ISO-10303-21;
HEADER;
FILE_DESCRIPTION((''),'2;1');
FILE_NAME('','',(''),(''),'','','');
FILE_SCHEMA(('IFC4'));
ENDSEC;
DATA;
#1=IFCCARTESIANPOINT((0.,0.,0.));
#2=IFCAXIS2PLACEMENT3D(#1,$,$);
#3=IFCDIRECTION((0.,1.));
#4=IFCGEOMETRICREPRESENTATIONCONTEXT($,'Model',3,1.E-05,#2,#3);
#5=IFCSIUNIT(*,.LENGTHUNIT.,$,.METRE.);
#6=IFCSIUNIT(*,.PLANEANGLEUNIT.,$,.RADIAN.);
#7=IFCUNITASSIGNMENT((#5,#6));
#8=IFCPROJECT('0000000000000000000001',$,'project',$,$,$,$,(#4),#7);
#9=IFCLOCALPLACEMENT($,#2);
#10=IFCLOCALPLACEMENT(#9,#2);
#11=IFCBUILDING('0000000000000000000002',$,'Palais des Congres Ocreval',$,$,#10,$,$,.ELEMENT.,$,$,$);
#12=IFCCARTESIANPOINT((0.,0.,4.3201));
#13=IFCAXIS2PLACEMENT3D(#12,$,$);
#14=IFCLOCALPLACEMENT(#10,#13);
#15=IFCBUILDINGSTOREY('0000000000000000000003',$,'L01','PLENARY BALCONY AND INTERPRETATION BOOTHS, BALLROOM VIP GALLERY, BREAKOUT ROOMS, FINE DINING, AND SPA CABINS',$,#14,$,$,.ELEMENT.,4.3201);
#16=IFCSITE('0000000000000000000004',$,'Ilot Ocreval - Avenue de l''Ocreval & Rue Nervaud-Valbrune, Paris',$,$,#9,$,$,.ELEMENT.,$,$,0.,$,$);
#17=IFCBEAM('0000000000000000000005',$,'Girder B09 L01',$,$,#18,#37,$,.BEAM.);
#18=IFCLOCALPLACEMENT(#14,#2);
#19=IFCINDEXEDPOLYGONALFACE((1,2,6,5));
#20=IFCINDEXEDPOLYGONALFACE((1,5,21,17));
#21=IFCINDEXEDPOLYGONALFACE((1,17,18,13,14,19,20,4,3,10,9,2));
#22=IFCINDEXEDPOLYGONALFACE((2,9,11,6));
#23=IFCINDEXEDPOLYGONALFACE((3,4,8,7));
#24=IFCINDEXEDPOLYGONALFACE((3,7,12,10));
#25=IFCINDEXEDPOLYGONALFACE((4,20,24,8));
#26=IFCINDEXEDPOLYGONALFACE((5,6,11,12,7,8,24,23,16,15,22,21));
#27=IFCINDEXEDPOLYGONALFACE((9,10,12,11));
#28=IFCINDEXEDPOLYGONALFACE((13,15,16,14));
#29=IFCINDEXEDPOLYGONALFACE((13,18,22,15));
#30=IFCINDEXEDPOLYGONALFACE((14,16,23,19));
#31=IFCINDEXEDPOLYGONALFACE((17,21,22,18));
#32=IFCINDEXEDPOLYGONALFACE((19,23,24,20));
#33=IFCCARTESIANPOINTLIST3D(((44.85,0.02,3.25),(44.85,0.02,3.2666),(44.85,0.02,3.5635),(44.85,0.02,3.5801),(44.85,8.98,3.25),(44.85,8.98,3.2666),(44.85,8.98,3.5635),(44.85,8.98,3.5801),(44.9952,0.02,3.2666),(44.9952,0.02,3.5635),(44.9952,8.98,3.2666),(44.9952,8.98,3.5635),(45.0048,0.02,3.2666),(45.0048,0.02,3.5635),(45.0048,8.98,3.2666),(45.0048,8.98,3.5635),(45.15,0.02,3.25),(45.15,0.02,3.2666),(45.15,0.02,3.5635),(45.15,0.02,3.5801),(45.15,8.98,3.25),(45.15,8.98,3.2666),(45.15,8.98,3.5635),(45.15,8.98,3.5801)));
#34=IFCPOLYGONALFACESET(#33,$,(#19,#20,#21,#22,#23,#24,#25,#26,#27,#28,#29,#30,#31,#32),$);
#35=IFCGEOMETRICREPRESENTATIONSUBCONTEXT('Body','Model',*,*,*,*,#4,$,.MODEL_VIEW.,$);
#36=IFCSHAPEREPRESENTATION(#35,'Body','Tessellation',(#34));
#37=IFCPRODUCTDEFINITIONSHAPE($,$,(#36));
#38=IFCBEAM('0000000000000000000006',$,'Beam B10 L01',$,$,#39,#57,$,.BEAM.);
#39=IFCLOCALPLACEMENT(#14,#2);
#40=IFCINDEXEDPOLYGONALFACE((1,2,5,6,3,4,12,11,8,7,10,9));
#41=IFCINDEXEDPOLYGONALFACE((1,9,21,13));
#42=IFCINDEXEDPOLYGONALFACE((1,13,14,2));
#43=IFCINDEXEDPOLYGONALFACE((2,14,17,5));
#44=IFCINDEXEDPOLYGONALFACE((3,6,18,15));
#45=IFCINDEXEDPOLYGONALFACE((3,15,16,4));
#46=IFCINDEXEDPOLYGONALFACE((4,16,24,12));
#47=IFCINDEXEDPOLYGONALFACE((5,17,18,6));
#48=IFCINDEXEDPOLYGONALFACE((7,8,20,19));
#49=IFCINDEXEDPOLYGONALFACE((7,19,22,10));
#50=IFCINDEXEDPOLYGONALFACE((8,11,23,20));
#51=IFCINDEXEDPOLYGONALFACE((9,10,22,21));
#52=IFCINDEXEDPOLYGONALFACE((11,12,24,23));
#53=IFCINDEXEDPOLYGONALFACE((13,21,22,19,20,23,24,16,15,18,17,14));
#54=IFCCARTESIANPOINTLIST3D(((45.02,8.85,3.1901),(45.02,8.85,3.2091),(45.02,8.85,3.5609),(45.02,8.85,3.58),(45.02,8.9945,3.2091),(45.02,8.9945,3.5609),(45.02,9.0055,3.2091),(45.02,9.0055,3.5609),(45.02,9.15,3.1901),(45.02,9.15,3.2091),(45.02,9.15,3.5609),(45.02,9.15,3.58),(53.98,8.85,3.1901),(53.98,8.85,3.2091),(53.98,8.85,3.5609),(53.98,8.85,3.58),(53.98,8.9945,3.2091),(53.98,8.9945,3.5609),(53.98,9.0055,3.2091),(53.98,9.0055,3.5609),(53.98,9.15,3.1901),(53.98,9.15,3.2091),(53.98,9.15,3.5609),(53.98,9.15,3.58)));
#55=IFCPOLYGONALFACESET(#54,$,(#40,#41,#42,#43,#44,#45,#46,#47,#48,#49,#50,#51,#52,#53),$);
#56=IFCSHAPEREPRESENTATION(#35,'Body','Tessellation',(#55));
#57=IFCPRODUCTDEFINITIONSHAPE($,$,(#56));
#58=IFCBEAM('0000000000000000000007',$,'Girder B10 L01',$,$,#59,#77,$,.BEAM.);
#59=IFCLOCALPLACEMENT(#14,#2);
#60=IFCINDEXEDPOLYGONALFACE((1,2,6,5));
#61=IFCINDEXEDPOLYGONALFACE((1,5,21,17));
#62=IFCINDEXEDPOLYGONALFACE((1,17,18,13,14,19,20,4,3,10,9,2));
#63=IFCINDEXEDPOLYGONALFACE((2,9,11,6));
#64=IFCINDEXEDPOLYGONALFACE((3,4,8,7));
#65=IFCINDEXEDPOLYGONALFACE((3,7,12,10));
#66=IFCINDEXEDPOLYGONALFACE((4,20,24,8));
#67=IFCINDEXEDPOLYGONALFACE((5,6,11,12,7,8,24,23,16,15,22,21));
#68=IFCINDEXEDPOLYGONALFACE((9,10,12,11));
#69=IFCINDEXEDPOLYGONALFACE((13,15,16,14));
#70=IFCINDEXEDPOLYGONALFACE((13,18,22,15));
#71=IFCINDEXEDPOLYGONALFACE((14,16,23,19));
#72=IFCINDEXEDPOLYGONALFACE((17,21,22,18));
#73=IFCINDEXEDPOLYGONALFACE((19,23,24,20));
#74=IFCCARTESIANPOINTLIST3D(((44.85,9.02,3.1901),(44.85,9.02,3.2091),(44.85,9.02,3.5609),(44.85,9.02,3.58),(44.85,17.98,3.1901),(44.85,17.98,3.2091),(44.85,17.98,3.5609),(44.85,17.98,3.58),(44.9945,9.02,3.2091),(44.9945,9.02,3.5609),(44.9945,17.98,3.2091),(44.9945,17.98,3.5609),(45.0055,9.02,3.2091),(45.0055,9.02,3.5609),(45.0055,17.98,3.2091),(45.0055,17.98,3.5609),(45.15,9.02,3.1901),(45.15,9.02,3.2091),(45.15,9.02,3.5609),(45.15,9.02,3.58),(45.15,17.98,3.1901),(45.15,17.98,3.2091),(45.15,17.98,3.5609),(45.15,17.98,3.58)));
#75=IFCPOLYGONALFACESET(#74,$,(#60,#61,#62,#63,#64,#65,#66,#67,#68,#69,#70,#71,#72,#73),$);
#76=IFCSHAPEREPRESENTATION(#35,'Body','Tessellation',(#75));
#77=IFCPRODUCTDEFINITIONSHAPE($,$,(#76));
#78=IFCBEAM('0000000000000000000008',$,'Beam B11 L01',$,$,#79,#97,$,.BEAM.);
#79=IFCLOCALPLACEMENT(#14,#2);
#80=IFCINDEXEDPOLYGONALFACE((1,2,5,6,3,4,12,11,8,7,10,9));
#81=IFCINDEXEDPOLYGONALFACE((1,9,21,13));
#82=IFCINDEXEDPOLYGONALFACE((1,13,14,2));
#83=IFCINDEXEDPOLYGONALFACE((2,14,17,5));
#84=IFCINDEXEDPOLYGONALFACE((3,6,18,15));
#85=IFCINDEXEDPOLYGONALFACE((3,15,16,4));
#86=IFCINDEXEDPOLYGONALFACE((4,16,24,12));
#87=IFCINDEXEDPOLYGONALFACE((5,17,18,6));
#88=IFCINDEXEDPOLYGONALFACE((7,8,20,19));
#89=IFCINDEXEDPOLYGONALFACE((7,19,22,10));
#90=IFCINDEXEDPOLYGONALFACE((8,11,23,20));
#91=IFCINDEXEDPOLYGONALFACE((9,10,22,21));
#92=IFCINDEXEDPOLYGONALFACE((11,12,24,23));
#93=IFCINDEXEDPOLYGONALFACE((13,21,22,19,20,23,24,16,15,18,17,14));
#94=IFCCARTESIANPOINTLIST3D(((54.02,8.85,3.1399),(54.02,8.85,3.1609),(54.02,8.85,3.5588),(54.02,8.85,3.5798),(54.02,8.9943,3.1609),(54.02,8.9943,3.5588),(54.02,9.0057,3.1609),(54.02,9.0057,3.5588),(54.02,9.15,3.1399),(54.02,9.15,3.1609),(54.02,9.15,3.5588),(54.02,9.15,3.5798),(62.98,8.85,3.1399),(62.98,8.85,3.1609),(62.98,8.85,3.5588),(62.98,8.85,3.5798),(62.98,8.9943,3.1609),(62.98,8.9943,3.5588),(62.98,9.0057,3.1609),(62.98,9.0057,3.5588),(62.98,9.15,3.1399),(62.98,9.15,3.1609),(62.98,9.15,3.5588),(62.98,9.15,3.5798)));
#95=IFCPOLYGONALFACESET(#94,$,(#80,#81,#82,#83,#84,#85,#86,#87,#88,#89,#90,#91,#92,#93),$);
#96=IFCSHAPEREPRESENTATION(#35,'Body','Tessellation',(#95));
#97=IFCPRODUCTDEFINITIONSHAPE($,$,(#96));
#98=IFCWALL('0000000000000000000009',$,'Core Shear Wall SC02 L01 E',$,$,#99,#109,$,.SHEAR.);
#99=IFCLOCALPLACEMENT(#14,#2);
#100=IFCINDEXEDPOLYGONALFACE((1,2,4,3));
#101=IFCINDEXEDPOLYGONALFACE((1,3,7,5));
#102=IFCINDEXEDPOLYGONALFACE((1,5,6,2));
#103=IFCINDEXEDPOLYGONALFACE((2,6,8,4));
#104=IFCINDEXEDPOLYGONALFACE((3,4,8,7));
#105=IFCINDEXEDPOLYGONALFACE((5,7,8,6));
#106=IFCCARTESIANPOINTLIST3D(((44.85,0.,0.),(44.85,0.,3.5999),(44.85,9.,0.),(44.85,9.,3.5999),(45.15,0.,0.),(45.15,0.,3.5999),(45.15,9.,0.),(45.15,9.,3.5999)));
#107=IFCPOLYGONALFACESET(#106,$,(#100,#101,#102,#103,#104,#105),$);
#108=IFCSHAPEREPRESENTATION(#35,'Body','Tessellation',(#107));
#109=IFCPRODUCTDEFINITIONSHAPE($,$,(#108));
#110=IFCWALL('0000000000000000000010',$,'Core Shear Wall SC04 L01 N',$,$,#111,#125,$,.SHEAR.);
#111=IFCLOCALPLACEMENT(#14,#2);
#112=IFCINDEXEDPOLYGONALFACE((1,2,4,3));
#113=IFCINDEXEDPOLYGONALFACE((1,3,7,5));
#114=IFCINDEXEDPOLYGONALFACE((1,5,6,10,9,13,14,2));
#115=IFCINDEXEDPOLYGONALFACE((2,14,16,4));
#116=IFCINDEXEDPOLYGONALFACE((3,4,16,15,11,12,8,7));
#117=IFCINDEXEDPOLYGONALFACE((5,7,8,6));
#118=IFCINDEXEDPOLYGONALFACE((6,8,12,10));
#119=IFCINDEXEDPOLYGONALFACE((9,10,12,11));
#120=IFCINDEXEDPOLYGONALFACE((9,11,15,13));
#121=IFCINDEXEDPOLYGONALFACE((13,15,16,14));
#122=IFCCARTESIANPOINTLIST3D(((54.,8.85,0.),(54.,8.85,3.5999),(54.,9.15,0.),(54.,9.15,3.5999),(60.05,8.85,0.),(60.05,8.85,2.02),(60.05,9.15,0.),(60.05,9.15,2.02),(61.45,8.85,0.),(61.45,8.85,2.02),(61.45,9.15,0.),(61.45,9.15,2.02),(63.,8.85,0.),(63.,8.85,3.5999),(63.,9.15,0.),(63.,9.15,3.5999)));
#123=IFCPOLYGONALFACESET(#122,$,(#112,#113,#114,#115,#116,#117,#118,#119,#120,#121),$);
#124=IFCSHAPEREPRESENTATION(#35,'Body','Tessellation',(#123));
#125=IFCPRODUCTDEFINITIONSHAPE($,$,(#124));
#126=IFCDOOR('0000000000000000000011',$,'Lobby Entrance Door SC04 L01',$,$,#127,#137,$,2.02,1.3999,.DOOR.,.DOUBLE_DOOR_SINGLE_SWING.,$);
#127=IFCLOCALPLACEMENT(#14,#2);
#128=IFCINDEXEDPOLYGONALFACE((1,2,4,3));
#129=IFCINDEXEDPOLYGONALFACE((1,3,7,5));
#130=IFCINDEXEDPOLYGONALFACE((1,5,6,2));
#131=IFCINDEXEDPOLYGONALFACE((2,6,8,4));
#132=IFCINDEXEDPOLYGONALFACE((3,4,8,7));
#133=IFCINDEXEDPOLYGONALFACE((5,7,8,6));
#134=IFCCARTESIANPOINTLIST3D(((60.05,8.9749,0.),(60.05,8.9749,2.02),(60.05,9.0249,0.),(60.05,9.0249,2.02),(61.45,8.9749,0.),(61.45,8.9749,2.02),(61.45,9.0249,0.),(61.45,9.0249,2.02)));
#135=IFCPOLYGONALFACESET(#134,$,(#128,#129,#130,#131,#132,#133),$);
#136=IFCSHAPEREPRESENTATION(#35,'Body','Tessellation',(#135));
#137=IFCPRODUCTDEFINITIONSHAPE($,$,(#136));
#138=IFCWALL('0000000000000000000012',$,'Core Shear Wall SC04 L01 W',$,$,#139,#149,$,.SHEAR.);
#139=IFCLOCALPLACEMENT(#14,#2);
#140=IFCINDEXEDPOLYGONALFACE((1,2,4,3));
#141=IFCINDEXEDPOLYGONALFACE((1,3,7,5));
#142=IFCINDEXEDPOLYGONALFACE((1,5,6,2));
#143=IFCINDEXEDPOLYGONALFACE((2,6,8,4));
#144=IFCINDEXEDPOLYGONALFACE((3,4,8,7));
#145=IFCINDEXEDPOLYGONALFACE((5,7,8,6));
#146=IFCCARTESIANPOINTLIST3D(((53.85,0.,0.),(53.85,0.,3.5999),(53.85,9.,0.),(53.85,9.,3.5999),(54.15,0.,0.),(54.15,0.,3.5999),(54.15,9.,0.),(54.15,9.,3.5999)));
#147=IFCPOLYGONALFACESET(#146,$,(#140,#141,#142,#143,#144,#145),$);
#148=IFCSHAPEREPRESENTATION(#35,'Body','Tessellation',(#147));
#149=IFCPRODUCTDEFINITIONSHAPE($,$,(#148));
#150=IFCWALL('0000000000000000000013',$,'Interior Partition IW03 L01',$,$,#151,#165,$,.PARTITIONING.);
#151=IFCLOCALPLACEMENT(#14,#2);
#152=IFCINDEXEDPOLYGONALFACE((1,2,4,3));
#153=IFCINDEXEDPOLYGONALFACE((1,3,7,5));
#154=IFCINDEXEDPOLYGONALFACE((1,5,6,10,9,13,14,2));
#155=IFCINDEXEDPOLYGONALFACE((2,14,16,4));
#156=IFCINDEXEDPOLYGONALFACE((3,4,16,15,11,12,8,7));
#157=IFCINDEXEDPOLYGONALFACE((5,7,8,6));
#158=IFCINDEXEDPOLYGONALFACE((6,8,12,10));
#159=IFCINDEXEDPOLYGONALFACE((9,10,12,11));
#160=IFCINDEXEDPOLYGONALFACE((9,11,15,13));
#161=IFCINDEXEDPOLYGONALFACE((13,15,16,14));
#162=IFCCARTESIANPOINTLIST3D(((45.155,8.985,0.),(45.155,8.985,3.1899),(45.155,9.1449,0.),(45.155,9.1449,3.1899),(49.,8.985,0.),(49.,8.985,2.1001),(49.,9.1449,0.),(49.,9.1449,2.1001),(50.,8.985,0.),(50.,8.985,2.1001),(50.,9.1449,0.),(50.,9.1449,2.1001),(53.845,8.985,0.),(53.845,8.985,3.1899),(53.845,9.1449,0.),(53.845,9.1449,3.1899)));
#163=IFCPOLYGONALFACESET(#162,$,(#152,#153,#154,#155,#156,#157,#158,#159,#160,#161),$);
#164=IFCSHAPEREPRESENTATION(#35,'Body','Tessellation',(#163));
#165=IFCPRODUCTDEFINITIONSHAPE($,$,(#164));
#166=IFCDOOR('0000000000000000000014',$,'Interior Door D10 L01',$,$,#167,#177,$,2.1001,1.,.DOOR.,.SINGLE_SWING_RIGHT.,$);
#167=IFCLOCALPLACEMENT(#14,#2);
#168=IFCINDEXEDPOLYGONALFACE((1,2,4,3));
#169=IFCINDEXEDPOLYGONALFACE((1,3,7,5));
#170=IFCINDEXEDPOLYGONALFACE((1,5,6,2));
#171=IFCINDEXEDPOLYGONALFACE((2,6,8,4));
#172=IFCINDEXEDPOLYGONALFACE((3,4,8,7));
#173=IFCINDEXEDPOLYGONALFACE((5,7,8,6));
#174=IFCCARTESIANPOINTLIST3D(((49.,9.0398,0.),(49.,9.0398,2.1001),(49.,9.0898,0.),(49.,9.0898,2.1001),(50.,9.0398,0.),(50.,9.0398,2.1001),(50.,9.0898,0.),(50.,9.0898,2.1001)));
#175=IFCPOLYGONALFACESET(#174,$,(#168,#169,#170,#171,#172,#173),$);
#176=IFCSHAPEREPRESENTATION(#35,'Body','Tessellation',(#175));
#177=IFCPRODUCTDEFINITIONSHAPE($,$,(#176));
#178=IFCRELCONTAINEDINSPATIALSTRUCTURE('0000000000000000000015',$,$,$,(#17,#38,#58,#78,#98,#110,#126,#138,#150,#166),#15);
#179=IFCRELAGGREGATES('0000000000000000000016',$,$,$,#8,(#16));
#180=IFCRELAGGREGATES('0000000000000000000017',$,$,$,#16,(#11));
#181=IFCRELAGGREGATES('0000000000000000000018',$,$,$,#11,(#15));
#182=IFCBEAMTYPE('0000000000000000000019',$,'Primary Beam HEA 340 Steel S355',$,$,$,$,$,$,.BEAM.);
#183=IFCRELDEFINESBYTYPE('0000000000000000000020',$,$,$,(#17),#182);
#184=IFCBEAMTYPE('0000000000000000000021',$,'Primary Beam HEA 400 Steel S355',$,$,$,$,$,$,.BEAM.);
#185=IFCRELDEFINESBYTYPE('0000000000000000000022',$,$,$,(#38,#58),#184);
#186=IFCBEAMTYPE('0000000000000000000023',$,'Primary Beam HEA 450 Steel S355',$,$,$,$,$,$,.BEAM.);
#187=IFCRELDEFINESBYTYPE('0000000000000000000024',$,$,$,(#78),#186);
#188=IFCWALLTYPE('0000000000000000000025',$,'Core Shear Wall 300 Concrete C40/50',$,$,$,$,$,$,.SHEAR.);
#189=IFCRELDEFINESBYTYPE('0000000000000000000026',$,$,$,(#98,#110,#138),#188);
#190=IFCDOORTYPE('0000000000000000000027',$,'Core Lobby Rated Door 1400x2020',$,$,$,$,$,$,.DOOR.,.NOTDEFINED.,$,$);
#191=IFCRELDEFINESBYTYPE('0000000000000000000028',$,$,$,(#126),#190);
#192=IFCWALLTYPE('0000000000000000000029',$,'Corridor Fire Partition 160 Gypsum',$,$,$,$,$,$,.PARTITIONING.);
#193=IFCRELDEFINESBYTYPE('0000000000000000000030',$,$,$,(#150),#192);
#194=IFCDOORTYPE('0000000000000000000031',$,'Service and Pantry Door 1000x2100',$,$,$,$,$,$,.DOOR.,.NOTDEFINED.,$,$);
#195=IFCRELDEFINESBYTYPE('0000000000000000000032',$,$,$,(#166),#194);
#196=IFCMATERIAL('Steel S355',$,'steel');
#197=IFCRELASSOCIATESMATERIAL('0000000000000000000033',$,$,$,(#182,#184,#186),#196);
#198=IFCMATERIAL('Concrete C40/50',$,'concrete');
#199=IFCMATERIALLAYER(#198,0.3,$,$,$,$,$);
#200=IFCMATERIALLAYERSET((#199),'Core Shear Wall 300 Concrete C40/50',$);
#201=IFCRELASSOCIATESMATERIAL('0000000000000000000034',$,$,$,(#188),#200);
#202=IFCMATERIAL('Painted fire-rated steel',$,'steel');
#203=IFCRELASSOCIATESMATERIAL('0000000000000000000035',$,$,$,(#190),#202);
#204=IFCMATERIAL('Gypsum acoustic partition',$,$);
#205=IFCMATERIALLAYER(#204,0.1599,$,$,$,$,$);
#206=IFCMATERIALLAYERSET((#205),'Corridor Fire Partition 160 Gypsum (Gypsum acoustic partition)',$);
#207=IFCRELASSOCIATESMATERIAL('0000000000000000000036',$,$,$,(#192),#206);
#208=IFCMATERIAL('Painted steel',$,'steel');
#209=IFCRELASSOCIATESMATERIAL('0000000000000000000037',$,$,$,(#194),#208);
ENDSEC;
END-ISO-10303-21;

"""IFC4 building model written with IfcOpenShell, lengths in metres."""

from ifc_helpers import new_model, si_unit, direction, frame, frame_2d, origin, origin_2d, place, context, subcontext, project, spatial, rectangle, i_section, extrude, material, layer, layer_set, material_profile, profile_set, type_object, element, fill, save


model = new_model("IFC4")

# Units and contexts
model_context = context("Model", 3, precision=1e-05, world=origin(), true_north=direction((0.0, 1.0)))
body_context = subcontext(model_context, "Body", "Model", "MODEL_VIEW")
ifc_project = project(units=[si_unit("LENGTHUNIT", "METRE"), si_unit("PLANEANGLEUNIT", "RADIAN")], contexts=[model_context])

# Site, building, storey
site_placement = place(None, origin())
site = spatial("IfcSite", under=ifc_project, at=site_placement, Name="Ilot Ocreval - Avenue de l'Ocreval & Rue Nervaud-Valbrune, Paris", CompositionType="ELEMENT", RefElevation=0.0)
building_placement = place(site_placement, origin())
building = spatial("IfcBuilding", under=site, at=building_placement, Name="Palais des Congres Ocreval", CompositionType="ELEMENT")
storey_placement = place(building_placement, frame((0.0, 0.0, 4.3201)))
storey = spatial("IfcBuildingStorey", under=building, at=storey_placement, Name="L01", Description="PLENARY BALCONY AND INTERPRETATION BOOTHS, BALLROOM VIP GALLERY, BREAKOUT ROOMS, FINE DINING, AND SPA CABINS", CompositionType="ELEMENT", Elevation=4.3201)

# Shared definitions
ifc_material_1 = material(Name="Concrete C40/50", Category="concrete")

# Beams
ifc_material_2 = material(Name="Steel S355", Category="steel")
ifc_material_profile_1 = material_profile(ifc_material_2, i_section(OverallWidth=0.3, OverallDepth=0.3301, WebThickness=0.0095, FlangeThickness=0.0166, at=origin_2d()), Name="HEA 340")
ifc_profile_set_1 = profile_set([ifc_material_profile_1], Name="Steel S355")
beam_type_1 = type_object("IfcBeamType", Name="Primary Beam HEA 340 Steel S355", PredefinedType="BEAM", material=ifc_profile_set_1)
beam_1_placement = place(storey_placement, frame((45.0, 0.02, 3.415), z_axis=(0.0, 1.0, 0.0), x_axis=(-1.0, 0.0, 0.0)))
element("IfcBeam", 1, at=beam_1_placement, inside=storey, type_object=beam_type_1, Name="Girder B09 L01", PredefinedType="BEAM", context=body_context, shape_type="SweptSolid", body=[
    extrude(i_section(OverallWidth=0.3, OverallDepth=0.3301, WebThickness=0.0095, FlangeThickness=0.0166, at=origin_2d()), origin(), (0.0, 0.0, 1.0), 8.96),
])
ifc_material_profile_2 = material_profile(ifc_material_2, i_section(OverallWidth=0.3, OverallDepth=0.3899, WebThickness=0.011, FlangeThickness=0.019, at=origin_2d()), Name="HEA 400")
ifc_profile_set_2 = profile_set([ifc_material_profile_2], Name="Steel S355")
beam_type_2 = type_object("IfcBeamType", Name="Primary Beam HEA 400 Steel S355", PredefinedType="BEAM", material=ifc_profile_set_2)
for number, where, z_axis, x_axis, name in (
    (2, (45.02, 9.0, 3.385), (1.0, 0.0, 0.0), (0.0, 1.0, 0.0), "Beam B10 L01"),
    (3, (45.0, 9.02, 3.385), (0.0, 1.0, 0.0), (-1.0, 0.0, 0.0), "Girder B10 L01"),
):
    element("IfcBeam", number, at=place(storey_placement, frame(where, z_axis=z_axis, x_axis=x_axis)), inside=storey, type_object=beam_type_2, Name=name, PredefinedType="BEAM", context=body_context, shape_type="SweptSolid", body=[
        extrude(i_section(OverallWidth=0.3, OverallDepth=0.3899, WebThickness=0.011, FlangeThickness=0.019, at=origin_2d()), origin(), (0.0, 0.0, 1.0), 8.96),
    ])
ifc_material_profile_3 = material_profile(ifc_material_2, i_section(OverallWidth=0.3, OverallDepth=0.4399, WebThickness=0.0115, FlangeThickness=0.021, at=origin_2d()), Name="HEA 450")
ifc_profile_set_3 = profile_set([ifc_material_profile_3], Name="Steel S355")
beam_type_3 = type_object("IfcBeamType", Name="Primary Beam HEA 450 Steel S355", PredefinedType="BEAM", material=ifc_profile_set_3)
beam_2_placement = place(storey_placement, frame((54.02, 9.0, 3.3599), z_axis=(1.0, 0.0, 0.0), x_axis=(0.0, 1.0, 0.0)))
element("IfcBeam", 4, at=beam_2_placement, inside=storey, type_object=beam_type_3, Name="Beam B11 L01", PredefinedType="BEAM", context=body_context, shape_type="SweptSolid", body=[
    extrude(i_section(OverallWidth=0.3, OverallDepth=0.4399, WebThickness=0.0115, FlangeThickness=0.021, at=origin_2d()), origin(), (0.0, 0.0, 1.0), 8.96),
])

# Wall
ifc_layer_1 = layer(ifc_material_1, 0.3)
ifc_layer_set_1 = layer_set([ifc_layer_1], Name="Core Shear Wall 300 Concrete C40/50")
wall_type_1 = type_object("IfcWallType", Name="Core Shear Wall 300 Concrete C40/50", PredefinedType="SHEAR", material=ifc_layer_set_1)
wall_1_placement = place(storey_placement, frame((45.0, 0.0, 0.0), z_axis=(0.0, 0.0, 1.0), x_axis=(0.0, 1.0, 0.0)))
element("IfcWall", 5, at=wall_1_placement, inside=storey, type_object=wall_type_1, Name="Core Shear Wall SC02 L01 E", PredefinedType="SHEAR", context=body_context, shape_type="SweptSolid", body=[
    extrude(rectangle(XDim=9.0, YDim=0.3, at=frame_2d((4.5, 0.0))), origin(), (0.0, 0.0, 1.0), 3.5999),
])

# Wall, opening, door
wall_2_placement = place(storey_placement, frame((54.0, 9.0, 0.0), z_axis=(0.0, 0.0, 1.0), x_axis=(1.0, 0.0, 0.0)))
wall_2 = element("IfcWall", 6, at=wall_2_placement, inside=storey, type_object=wall_type_1, Name="Core Shear Wall SC04 L01 N", PredefinedType="SHEAR", context=body_context, shape_type="SweptSolid", body=[
    extrude(rectangle(XDim=9.0, YDim=0.3, at=frame_2d((4.5, 0.0))), origin(), (0.0, 0.0, 1.0), 3.5999),
])
opening_1_placement = place(wall_2_placement, frame((6.05, 0.0, 0.0)))
opening_1 = element("IfcOpeningElement", 7, at=opening_1_placement, cuts=wall_2, PredefinedType="OPENING", context=body_context, shape_type="SweptSolid", body=[
    extrude(rectangle(XDim=1.3999, YDim=2.02, at=frame_2d((0.7, 1.01))), frame((0.0, 0.1599, 0.0), z_axis=(0.0, -1.0, 0.0), x_axis=(1.0, 0.0, 0.0)), (0.0, 0.0, 1.0), 0.3201),
])
ifc_material_3 = material(Name="Painted fire-rated steel", Category="steel")
door_type_1 = type_object("IfcDoorType", Name="Core Lobby Rated Door 1400x2020", OperationType="NOTDEFINED", PredefinedType="DOOR", material=ifc_material_3)
door_1_placement = place(opening_1_placement, origin())
door_1 = element("IfcDoor", 8, at=door_1_placement, inside=storey, type_object=door_type_1, Name="Lobby Entrance Door SC04 L01", OperationType="DOUBLE_DOOR_SINGLE_SWING", OverallHeight=2.02, OverallWidth=1.3999, PredefinedType="DOOR", context=body_context, shape_type="SweptSolid", body=[
    extrude(rectangle(XDim=1.3999, YDim=2.02, at=frame_2d((0.7, 1.01))), frame((0.0, 0.0249, 0.0), z_axis=(0.0, -1.0, 0.0), x_axis=(1.0, 0.0, 0.0)), (0.0, 0.0, 1.0), 0.05),
])
fill(opening_1, door_1)

# Wall
wall_3_placement = place(storey_placement, frame((54.0, 0.0, 0.0), z_axis=(0.0, 0.0, 1.0), x_axis=(0.0, 1.0, 0.0)))
element("IfcWall", 9, at=wall_3_placement, inside=storey, type_object=wall_type_1, Name="Core Shear Wall SC04 L01 W", PredefinedType="SHEAR", context=body_context, shape_type="SweptSolid", body=[
    extrude(rectangle(XDim=9.0, YDim=0.3, at=frame_2d((4.5, 0.0))), origin(), (0.0, 0.0, 1.0), 3.5999),
])

# Wall, opening, door
ifc_material_4 = material(Name="Gypsum acoustic partition")
ifc_layer_2 = layer(ifc_material_4, 0.1599)
ifc_layer_set_2 = layer_set([ifc_layer_2], Name="Corridor Fire Partition 160 Gypsum (Gypsum acoustic partition)")
wall_type_2 = type_object("IfcWallType", Name="Corridor Fire Partition 160 Gypsum", PredefinedType="PARTITIONING", material=ifc_layer_set_2)
wall_4_placement = place(storey_placement, frame((45.155, 9.0649, 0.0), z_axis=(0.0, 0.0, 1.0), x_axis=(1.0, 0.0, 0.0)))
wall_4 = element("IfcWall", 10, at=wall_4_placement, inside=storey, type_object=wall_type_2, Name="Interior Partition IW03 L01", PredefinedType="PARTITIONING", context=body_context, shape_type="SweptSolid", body=[
    extrude(rectangle(XDim=8.6899, YDim=0.1599, at=frame_2d((4.345, 0.0))), origin(), (0.0, 0.0, 1.0), 3.1899),
])
opening_2_placement = place(wall_4_placement, frame((3.845, 0.0, 0.0)))
opening_2 = element("IfcOpeningElement", 11, at=opening_2_placement, cuts=wall_4, PredefinedType="OPENING", context=body_context, shape_type="SweptSolid", body=[
    extrude(rectangle(XDim=1.0, YDim=2.1001, at=frame_2d((0.5, 1.05))), frame((0.0, 0.0898, 0.0), z_axis=(0.0, -1.0, 0.0), x_axis=(1.0, 0.0, 0.0)), (0.0, 0.0, 1.0), 0.1799),
])
ifc_material_5 = material(Name="Painted steel", Category="steel")
door_type_2 = type_object("IfcDoorType", Name="Service and Pantry Door 1000x2100", OperationType="NOTDEFINED", PredefinedType="DOOR", material=ifc_material_5)
door_2_placement = place(opening_2_placement, origin())
door_2 = element("IfcDoor", 12, at=door_2_placement, inside=storey, type_object=door_type_2, Name="Interior Door D10 L01", OperationType="SINGLE_SWING_RIGHT", OverallHeight=2.1001, OverallWidth=1.0, PredefinedType="DOOR", context=body_context, shape_type="SweptSolid", body=[
    extrude(rectangle(XDim=1.0, YDim=2.1001, at=frame_2d((0.5, 1.05))), frame((0.0, 0.0249, 0.0), z_axis=(0.0, -1.0, 0.0), x_axis=(1.0, 0.0, 0.0)), (0.0, 0.0, 1.0), 0.05),
])
fill(opening_2, door_2)

save(model, "model.ifc")
